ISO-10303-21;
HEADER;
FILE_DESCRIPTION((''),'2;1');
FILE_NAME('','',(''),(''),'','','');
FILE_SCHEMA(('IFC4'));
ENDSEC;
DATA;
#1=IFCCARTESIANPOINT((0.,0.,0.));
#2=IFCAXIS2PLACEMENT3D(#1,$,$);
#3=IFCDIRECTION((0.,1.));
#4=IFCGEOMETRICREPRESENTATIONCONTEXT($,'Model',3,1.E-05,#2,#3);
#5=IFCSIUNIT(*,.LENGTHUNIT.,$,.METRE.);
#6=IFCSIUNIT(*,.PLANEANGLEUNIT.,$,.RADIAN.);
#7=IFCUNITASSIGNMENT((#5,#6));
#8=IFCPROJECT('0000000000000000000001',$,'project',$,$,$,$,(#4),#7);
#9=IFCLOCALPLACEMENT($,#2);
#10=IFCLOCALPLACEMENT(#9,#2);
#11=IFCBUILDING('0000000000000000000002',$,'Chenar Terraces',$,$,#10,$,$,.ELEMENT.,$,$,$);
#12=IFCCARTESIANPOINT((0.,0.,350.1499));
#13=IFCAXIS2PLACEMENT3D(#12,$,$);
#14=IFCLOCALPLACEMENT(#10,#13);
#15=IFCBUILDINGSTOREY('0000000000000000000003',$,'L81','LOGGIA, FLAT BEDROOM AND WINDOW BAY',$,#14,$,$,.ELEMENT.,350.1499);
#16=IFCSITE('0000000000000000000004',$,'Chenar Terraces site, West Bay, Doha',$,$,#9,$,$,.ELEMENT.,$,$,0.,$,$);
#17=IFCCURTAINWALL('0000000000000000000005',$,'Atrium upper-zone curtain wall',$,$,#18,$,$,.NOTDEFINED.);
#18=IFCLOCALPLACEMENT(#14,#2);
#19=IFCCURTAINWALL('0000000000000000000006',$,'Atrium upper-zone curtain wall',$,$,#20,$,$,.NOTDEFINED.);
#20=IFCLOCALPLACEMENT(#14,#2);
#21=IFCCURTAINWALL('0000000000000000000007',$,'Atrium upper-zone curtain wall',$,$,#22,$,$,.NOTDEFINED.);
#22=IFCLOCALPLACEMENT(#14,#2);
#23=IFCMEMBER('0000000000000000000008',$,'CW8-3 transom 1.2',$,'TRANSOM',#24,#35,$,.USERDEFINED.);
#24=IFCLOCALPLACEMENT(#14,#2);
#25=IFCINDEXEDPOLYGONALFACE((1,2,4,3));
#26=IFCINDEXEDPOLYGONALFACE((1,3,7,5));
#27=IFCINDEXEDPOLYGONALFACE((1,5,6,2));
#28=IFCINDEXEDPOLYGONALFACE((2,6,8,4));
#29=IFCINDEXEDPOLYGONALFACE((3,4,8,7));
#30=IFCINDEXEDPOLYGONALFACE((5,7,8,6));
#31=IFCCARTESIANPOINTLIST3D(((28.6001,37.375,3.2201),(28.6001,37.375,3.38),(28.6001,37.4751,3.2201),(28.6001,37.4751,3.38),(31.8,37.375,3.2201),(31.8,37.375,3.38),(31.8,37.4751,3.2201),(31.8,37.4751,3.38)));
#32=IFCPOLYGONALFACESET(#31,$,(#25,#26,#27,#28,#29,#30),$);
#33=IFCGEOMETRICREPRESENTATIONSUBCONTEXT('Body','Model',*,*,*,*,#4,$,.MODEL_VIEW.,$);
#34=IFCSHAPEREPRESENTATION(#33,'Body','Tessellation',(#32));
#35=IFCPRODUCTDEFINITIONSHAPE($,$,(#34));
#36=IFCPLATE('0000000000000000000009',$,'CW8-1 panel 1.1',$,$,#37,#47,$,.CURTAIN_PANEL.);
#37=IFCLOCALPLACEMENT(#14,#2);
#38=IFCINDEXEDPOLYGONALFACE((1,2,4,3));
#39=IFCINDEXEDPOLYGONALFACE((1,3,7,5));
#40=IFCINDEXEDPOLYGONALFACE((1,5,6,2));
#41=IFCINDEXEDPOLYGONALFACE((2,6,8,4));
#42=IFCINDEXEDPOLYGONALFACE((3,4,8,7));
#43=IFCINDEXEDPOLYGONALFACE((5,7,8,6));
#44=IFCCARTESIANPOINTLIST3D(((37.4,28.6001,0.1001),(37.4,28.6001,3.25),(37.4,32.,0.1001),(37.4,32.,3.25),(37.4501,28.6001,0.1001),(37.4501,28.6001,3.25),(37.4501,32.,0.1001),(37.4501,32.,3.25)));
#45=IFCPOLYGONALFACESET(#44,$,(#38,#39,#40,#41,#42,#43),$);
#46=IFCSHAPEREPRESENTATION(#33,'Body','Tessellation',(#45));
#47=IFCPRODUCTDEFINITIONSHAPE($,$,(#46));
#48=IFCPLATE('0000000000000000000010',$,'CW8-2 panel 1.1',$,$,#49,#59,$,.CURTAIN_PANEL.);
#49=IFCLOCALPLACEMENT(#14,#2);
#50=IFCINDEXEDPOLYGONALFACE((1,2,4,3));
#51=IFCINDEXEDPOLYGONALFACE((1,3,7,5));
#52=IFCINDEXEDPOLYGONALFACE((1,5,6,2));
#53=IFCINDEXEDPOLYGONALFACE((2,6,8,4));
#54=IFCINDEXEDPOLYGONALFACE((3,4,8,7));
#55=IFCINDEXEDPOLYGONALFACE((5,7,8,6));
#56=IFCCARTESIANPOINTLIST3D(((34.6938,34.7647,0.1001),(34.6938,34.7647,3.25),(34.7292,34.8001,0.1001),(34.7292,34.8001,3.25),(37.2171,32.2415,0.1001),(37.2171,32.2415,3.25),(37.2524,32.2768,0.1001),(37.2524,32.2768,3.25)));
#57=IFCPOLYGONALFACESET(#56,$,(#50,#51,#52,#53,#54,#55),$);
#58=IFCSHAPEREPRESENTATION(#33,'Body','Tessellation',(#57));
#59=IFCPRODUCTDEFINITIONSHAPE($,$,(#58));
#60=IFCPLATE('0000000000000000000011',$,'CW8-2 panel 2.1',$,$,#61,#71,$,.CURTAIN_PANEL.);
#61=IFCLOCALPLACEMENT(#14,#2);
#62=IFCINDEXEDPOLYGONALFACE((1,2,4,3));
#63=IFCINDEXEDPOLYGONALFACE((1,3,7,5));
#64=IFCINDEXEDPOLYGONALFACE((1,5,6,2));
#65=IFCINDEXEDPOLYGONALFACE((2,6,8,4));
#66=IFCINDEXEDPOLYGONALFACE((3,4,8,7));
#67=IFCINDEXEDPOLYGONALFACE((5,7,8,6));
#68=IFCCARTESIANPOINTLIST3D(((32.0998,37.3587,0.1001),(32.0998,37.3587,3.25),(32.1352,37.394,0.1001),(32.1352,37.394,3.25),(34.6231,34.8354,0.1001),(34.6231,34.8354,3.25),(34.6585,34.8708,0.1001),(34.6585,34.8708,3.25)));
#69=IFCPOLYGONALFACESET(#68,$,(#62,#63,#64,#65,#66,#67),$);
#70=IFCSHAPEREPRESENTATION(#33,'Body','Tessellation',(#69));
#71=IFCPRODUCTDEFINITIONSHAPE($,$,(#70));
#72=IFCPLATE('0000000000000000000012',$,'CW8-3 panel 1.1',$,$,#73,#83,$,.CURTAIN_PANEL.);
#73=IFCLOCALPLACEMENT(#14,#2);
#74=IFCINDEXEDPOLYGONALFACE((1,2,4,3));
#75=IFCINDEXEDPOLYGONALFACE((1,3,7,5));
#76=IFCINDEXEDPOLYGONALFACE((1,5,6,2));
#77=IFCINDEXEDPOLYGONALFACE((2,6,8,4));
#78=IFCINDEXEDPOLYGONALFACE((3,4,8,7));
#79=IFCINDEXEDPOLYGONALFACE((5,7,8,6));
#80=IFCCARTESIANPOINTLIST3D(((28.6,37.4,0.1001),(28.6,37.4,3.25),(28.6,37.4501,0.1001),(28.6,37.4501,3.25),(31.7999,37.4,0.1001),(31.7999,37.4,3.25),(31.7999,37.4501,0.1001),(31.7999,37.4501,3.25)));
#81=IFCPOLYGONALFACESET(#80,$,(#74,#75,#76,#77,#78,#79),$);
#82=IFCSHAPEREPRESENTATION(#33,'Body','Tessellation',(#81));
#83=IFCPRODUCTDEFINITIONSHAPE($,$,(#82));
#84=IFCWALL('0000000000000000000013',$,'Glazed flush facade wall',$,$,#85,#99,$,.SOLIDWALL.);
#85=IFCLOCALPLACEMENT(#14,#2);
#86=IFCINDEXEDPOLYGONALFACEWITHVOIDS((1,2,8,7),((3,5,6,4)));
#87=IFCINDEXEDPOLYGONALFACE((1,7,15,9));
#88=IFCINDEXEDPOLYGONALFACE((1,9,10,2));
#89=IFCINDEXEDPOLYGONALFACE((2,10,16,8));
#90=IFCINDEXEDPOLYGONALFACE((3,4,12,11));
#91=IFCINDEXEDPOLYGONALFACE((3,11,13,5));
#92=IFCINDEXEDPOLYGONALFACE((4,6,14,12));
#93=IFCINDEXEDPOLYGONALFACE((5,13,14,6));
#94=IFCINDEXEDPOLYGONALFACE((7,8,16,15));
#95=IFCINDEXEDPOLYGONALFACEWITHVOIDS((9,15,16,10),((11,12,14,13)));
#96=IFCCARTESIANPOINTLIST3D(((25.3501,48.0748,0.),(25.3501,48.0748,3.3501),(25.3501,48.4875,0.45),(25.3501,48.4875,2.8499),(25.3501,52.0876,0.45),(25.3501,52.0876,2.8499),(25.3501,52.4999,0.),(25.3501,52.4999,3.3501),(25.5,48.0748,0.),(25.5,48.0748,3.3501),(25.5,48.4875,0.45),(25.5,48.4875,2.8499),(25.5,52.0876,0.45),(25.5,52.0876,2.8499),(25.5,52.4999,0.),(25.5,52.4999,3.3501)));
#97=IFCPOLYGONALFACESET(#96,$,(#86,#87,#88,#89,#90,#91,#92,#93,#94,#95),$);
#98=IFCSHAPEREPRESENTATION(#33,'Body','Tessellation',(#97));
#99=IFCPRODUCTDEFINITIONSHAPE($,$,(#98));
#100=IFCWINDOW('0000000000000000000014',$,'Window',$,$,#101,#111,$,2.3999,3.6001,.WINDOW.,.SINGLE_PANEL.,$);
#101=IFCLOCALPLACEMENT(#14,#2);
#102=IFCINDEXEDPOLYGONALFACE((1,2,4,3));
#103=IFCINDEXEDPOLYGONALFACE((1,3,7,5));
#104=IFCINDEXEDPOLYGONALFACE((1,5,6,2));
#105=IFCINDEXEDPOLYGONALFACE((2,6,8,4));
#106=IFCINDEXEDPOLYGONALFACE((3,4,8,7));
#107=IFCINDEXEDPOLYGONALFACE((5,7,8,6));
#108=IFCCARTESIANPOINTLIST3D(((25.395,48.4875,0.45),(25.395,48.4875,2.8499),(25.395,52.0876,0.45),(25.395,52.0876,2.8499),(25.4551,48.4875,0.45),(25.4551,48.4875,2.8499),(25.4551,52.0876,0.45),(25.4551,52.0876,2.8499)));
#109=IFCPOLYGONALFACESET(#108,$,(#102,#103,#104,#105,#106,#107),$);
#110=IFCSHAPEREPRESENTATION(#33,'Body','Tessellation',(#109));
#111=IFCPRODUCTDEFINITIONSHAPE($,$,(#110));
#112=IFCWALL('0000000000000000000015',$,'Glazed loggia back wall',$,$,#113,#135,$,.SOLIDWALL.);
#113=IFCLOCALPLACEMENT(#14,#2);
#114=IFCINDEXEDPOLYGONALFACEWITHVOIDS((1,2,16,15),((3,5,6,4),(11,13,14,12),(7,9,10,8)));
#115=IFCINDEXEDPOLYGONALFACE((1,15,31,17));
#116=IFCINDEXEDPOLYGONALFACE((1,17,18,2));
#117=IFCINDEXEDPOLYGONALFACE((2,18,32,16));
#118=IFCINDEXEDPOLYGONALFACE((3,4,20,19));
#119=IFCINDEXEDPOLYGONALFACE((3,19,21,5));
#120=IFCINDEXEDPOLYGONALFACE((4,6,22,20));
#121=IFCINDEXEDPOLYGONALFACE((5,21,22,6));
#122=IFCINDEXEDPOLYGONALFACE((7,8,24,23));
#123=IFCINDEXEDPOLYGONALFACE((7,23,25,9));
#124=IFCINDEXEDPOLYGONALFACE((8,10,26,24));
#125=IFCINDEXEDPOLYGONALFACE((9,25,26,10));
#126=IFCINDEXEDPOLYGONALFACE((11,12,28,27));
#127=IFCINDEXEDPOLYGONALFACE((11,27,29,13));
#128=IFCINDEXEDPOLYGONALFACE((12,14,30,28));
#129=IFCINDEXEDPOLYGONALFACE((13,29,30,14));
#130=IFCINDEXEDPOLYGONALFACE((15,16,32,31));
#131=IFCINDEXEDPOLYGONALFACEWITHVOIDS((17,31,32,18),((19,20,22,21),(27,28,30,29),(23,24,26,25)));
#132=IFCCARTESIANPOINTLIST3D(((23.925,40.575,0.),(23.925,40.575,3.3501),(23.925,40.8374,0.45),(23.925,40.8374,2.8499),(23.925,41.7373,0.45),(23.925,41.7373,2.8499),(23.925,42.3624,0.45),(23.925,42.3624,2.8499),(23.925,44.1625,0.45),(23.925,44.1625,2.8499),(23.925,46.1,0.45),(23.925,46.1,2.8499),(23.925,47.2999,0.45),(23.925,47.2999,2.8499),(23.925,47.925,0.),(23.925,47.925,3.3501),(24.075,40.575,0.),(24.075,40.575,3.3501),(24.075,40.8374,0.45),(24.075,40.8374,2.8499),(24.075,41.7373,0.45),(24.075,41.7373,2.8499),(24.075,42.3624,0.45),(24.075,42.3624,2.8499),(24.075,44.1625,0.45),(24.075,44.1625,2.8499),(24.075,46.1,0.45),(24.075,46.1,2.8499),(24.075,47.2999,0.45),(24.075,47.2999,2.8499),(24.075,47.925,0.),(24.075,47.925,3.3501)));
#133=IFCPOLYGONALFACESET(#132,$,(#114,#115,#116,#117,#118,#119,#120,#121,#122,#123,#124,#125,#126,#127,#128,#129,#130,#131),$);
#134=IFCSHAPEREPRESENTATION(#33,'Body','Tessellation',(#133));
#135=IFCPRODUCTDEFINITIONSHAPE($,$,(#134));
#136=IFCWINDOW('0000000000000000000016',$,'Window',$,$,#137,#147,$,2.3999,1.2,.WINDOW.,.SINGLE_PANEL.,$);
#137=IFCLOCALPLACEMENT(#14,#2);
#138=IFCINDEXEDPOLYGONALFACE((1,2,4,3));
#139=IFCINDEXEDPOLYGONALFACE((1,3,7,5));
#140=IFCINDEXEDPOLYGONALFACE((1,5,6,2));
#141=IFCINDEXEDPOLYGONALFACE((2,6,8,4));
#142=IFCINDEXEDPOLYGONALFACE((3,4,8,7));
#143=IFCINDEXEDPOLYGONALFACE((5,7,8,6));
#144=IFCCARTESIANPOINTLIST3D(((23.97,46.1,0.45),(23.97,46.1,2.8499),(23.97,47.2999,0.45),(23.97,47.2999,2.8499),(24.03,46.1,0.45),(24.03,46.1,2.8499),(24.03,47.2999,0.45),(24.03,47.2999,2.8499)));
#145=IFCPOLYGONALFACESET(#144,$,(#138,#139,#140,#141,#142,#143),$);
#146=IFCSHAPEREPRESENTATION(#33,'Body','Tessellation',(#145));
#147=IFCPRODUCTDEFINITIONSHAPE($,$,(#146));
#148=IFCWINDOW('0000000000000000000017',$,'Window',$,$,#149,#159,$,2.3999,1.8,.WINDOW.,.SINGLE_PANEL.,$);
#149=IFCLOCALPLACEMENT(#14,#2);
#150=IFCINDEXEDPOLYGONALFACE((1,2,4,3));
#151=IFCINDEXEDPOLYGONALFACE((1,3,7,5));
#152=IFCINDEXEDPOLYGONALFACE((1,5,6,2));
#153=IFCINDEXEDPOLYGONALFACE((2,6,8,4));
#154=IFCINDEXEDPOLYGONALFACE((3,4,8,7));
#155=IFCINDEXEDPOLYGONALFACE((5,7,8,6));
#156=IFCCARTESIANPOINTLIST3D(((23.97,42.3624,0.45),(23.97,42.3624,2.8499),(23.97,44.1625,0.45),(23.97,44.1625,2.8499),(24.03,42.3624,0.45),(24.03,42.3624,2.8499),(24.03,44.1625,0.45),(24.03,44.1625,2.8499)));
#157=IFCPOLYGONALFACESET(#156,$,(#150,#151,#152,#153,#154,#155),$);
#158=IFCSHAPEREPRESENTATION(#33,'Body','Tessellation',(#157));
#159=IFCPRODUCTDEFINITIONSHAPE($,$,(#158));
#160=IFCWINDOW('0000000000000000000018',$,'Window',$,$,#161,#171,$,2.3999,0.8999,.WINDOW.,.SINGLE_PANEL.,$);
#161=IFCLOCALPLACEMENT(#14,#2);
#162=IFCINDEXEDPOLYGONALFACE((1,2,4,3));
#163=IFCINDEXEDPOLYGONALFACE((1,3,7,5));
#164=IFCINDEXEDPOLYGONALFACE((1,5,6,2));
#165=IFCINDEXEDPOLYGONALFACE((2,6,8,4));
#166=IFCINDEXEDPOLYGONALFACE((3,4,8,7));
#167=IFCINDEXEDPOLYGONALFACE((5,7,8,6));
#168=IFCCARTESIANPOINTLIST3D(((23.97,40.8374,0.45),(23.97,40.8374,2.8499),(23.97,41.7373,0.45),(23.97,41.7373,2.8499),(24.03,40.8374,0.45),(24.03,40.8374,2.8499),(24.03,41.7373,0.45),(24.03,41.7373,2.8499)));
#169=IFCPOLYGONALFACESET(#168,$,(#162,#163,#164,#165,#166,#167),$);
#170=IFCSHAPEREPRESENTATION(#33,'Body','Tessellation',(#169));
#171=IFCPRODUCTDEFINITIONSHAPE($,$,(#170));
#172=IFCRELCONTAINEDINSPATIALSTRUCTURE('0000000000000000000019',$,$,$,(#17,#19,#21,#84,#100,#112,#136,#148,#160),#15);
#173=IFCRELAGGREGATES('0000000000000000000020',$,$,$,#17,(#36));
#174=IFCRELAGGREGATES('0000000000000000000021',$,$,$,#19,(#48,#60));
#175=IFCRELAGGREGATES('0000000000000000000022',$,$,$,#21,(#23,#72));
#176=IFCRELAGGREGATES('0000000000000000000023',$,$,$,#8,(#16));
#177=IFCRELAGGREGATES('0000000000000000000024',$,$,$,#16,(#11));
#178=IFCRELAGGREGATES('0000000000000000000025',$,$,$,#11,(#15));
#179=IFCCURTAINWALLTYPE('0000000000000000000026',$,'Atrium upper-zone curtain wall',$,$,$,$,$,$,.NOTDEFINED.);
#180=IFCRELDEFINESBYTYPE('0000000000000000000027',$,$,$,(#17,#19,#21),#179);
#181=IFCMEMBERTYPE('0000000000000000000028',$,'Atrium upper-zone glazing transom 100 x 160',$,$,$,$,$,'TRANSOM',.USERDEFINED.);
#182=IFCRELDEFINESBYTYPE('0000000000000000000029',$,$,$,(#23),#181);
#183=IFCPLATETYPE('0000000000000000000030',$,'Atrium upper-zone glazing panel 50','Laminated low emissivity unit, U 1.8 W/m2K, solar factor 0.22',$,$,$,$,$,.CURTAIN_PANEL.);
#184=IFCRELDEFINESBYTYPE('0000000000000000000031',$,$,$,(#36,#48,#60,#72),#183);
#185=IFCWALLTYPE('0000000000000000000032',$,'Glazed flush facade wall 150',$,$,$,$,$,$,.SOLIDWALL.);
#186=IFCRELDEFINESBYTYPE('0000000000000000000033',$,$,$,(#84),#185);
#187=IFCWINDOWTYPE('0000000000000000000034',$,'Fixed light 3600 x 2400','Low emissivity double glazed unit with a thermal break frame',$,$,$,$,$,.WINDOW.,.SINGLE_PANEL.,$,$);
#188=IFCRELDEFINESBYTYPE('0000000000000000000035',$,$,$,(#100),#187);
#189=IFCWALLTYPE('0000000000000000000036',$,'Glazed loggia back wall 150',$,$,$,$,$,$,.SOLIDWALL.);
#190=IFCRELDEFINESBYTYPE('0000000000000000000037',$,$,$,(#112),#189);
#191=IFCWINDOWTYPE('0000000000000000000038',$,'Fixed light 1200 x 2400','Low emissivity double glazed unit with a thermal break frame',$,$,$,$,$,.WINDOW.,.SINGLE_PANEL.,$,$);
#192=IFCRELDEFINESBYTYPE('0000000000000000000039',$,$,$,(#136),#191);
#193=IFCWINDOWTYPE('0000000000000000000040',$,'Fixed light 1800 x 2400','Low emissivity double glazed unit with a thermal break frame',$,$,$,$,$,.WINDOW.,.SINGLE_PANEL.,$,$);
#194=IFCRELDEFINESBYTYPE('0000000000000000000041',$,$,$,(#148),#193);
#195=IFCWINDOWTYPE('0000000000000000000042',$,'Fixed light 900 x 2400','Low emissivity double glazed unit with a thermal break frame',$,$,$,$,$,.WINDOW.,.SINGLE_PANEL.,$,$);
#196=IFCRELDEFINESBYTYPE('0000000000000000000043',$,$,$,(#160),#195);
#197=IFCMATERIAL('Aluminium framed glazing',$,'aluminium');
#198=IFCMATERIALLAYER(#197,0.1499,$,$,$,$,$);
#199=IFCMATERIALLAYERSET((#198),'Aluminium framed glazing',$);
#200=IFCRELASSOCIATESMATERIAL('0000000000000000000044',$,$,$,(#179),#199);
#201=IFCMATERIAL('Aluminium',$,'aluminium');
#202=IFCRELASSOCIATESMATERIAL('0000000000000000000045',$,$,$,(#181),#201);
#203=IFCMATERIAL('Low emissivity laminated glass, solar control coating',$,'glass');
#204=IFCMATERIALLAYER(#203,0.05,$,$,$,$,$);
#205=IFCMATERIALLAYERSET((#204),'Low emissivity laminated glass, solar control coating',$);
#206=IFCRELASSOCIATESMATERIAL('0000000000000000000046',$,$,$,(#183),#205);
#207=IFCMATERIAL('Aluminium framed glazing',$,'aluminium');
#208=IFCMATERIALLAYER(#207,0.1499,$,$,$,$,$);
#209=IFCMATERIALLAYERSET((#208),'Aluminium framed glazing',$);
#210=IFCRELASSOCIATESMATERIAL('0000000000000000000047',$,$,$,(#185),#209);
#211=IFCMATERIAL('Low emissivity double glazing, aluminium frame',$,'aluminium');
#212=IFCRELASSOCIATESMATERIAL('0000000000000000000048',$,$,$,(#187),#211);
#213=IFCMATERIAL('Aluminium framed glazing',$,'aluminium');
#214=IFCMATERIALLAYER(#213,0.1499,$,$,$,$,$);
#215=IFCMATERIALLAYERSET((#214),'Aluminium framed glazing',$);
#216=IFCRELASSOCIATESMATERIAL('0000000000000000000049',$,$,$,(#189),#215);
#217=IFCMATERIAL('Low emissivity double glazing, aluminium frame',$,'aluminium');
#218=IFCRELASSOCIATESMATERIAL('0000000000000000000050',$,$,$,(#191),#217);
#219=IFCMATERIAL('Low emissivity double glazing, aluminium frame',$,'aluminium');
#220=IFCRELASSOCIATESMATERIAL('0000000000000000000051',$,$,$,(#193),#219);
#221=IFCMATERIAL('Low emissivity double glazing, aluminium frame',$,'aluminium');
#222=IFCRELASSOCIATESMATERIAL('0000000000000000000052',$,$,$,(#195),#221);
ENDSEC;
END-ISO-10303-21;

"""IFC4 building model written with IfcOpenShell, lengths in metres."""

from ifc_helpers import new_model, si_unit, direction, frame, frame_2d, origin, origin_2d, place, context, subcontext, project, spatial, rectangle, extrude, material, layer, layer_set, material_profile, profile_set, type_object, element, fill, aggregate, save


model = new_model("IFC4")

# Units and contexts
model_context = context("Model", 3, precision=1e-05, world=origin(), true_north=direction((0.0, 1.0)))
body_context = subcontext(model_context, "Body", "Model", "MODEL_VIEW")
ifc_project = project(units=[si_unit("LENGTHUNIT", "METRE"), si_unit("PLANEANGLEUNIT", "RADIAN")], contexts=[model_context])

# Site, building, storey
site_placement = place(None, origin())
site = spatial("IfcSite", under=ifc_project, at=site_placement, Name="Chenar Terraces site, West Bay, Doha", CompositionType="ELEMENT", RefElevation=0.0)
building_placement = place(site_placement, origin())
building = spatial("IfcBuilding", under=site, at=building_placement, Name="Chenar Terraces", CompositionType="ELEMENT")
storey_placement = place(building_placement, frame((0.0, 0.0, 350.1499)))
storey = spatial("IfcBuildingStorey", under=building, at=storey_placement, Name="L81", Description="LOGGIA, FLAT BEDROOM AND WINDOW BAY", CompositionType="ELEMENT", Elevation=350.1499)

# Curtain wall
ifc_material_1 = material(Name="Aluminium framed glazing", Category="aluminium")
ifc_layer_1 = layer(ifc_material_1, 0.1499)
ifc_layer_set_1 = layer_set([ifc_layer_1], Name="Aluminium framed glazing")
curtain_wall_type = type_object("IfcCurtainWallType", Name="Atrium upper-zone curtain wall", PredefinedType="NOTDEFINED", material=ifc_layer_set_1)
placement = place(storey_placement, origin())
curtain_wall_1 = element("IfcCurtainWall", 1, at=placement, inside=storey, type_object=curtain_wall_type, Name="Atrium upper-zone curtain wall", PredefinedType="NOTDEFINED")

# Curtain walls
curtain_wall_2 = element("IfcCurtainWall", 2, at=placement, inside=storey, type_object=curtain_wall_type, Name="Atrium upper-zone curtain wall", PredefinedType="NOTDEFINED")
curtain_wall_3 = element("IfcCurtainWall", 3, at=placement, inside=storey, type_object=curtain_wall_type, Name="Atrium upper-zone curtain wall", PredefinedType="NOTDEFINED")

# Member
ifc_material_2 = material(Name="Aluminium", Category="aluminium")
ifc_material_profile_1 = material_profile(ifc_material_2, rectangle(XDim=0.1001, YDim=0.1599, at=origin_2d()), Name="Atrium upper-zone glazing transom 100 x 160")
ifc_profile_set_1 = profile_set([ifc_material_profile_1], Name="Aluminium")
member_type_1 = type_object("IfcMemberType", Name="Atrium upper-zone glazing transom 100 x 160", ElementType="TRANSOM", PredefinedType="USERDEFINED", material=ifc_profile_set_1)
member_1_placement = place(storey_placement, frame((31.8, 37.425, 3.3), z_axis=(-1.0, 0.0, 0.0), x_axis=(0.0, -1.0, 0.0)))
member_1 = element("IfcMember", 4, at=member_1_placement, type_object=member_type_1, Name="CW8-3 transom 1.2", ObjectType="TRANSOM", PredefinedType="USERDEFINED", context=body_context, shape_type="SweptSolid", body=[
    extrude(rectangle(XDim=0.1001, YDim=0.1599, at=origin_2d()), origin(), (0.0, 0.0, 1.0), 3.2),
])

# Plates
ifc_material_3 = material(Name="Low emissivity laminated glass, solar control coating", Category="glass")
ifc_layer_2 = layer(ifc_material_3, 0.05)
ifc_layer_set_2 = layer_set([ifc_layer_2], Name="Low emissivity laminated glass, solar control coating")
plate_type = type_object("IfcPlateType", Name="Atrium upper-zone glazing panel 50", Description="Laminated low emissivity unit, U 1.8 W/m2K, solar factor 0.22", PredefinedType="CURTAIN_PANEL", material=ifc_layer_set_2)
plate_1_placement = place(storey_placement, frame((37.425, 30.3, 0.1001), z_axis=(0.0, 0.0, 1.0), x_axis=(0.0, 1.0, 0.0)))
plate_1 = element("IfcPlate", 5, at=plate_1_placement, type_object=plate_type, Name="CW8-1 panel 1.1", PredefinedType="CURTAIN_PANEL", context=body_context, shape_type="SweptSolid", body=[
    extrude(rectangle(XDim=3.3999, YDim=0.05, at=origin_2d()), origin(), (0.0, 0.0, 1.0), 3.1499),
])
aggregate(curtain_wall_1, [plate_1])
plate_2_placement = place(storey_placement, frame((35.9731, 33.5208, 0.1001), z_axis=(0.0, 0.0, 1.0), x_axis=(-0.707107, 0.707107, 0.0)))
plate_2 = element("IfcPlate", 6, at=plate_2_placement, type_object=plate_type, Name="CW8-2 panel 1.1", PredefinedType="CURTAIN_PANEL", context=body_context, shape_type="SweptSolid", body=[
    extrude(rectangle(XDim=3.5684, YDim=0.05, at=origin_2d()), origin(), (0.0, 0.0, 1.0), 3.1499),
])
plate_3_placement = place(storey_placement, frame((33.3792, 36.1147, 0.1001), z_axis=(0.0, 0.0, 1.0), x_axis=(-0.707107, 0.707107, 0.0)))
plate_3 = element("IfcPlate", 7, at=plate_3_placement, type_object=plate_type, Name="CW8-2 panel 2.1", PredefinedType="CURTAIN_PANEL", context=body_context, shape_type="SweptSolid", body=[
    extrude(rectangle(XDim=3.5684, YDim=0.05, at=origin_2d()), origin(), (0.0, 0.0, 1.0), 3.1499),
])
aggregate(curtain_wall_2, [plate_2, plate_3])
plate_4_placement = place(storey_placement, frame((30.2, 37.425, 0.1001), z_axis=(0.0, 0.0, 1.0), x_axis=(-1.0, 0.0, 0.0)))
plate_4 = element("IfcPlate", 8, at=plate_4_placement, type_object=plate_type, Name="CW8-3 panel 1.1", PredefinedType="CURTAIN_PANEL", context=body_context, shape_type="SweptSolid", body=[
    extrude(rectangle(XDim=3.2, YDim=0.05, at=origin_2d()), origin(), (0.0, 0.0, 1.0), 3.1499),
])
aggregate(curtain_wall_3, [member_1, plate_4])

# Wall, opening, window
ifc_material_4 = material(Name="Aluminium framed glazing", Category="aluminium")
ifc_layer_3 = layer(ifc_material_4, 0.1499)
ifc_layer_set_3 = layer_set([ifc_layer_3], Name="Aluminium framed glazing")
wall_type_1 = type_object("IfcWallType", Name="Glazed flush facade wall 150", PredefinedType="SOLIDWALL", material=ifc_layer_set_3)
wall_1_placement = place(storey_placement, frame((25.425, 48.075, 0.0), z_axis=(0.0, 0.0, 1.0), x_axis=(0.0, 1.0, 0.0)))
wall_1 = element("IfcWall", 9, at=wall_1_placement, inside=storey, type_object=wall_type_1, Name="Glazed flush facade wall", PredefinedType="SOLIDWALL", context=body_context, shape_type="SweptSolid", body=[
    extrude(rectangle(XDim=4.425, YDim=0.1499, at=frame_2d((2.2124, 0.0))), origin(), (0.0, 0.0, 1.0), 3.3501),
])
opening_1_placement = place(wall_1_placement, frame((0.4126, 0.0, 0.45)))
opening_1 = element("IfcOpeningElement", 10, at=opening_1_placement, cuts=wall_1, PredefinedType="OPENING", context=body_context, shape_type="SweptSolid", body=[
    extrude(rectangle(XDim=3.6001, YDim=2.3999, at=frame_2d((1.8, 1.2))), frame((0.0, 0.085, 0.0), z_axis=(0.0, -1.0, 0.0), x_axis=(1.0, 0.0, 0.0)), (0.0, 0.0, 1.0), 0.1699),
])
ifc_material_5 = material(Name="Low emissivity double glazing, aluminium frame", Category="aluminium")
window_type_1 = type_object("IfcWindowType", Name="Fixed light 3600 x 2400", Description="Low emissivity double glazed unit with a thermal break frame", PartitioningType="SINGLE_PANEL", PredefinedType="WINDOW", material=ifc_material_5)
window_1_placement = place(opening_1_placement, origin())
window_1 = element("IfcWindow", 11, at=window_1_placement, inside=storey, type_object=window_type_1, Name="Window", OverallHeight=2.3999, OverallWidth=3.6001, PartitioningType="SINGLE_PANEL", PredefinedType="WINDOW", context=body_context, shape_type="SweptSolid", body=[
    extrude(rectangle(XDim=3.6001, YDim=2.3999, at=frame_2d((1.8, 1.2))), frame((0.0, 0.03, 0.0), z_axis=(0.0, -1.0, 0.0), x_axis=(1.0, 0.0, 0.0)), (0.0, 0.0, 1.0), 0.0601),
])
fill(opening_1, window_1)

# Wall, openings, windows
ifc_material_6 = material(Name="Aluminium framed glazing", Category="aluminium")
ifc_layer_4 = layer(ifc_material_6, 0.1499)
ifc_layer_set_4 = layer_set([ifc_layer_4], Name="Aluminium framed glazing")
wall_type_2 = type_object("IfcWallType", Name="Glazed loggia back wall 150", PredefinedType="SOLIDWALL", material=ifc_layer_set_4)
wall_2_placement = place(storey_placement, frame((24.0, 40.575, 0.0), z_axis=(0.0, 0.0, 1.0), x_axis=(0.0, 1.0, 0.0)))
wall_2 = element("IfcWall", 12, at=wall_2_placement, inside=storey, type_object=wall_type_2, Name="Glazed loggia back wall", PredefinedType="SOLIDWALL", context=body_context, shape_type="SweptSolid", body=[
    extrude(rectangle(XDim=7.3501, YDim=0.1499, at=frame_2d((3.675, 0.0))), origin(), (0.0, 0.0, 1.0), 3.3501),
])
opening_2_placement = place(wall_2_placement, frame((0.2625, 0.0, 0.45)))
opening_2 = element("IfcOpeningElement", 13, at=opening_2_placement, cuts=wall_2, PredefinedType="OPENING", context=body_context, shape_type="SweptSolid", body=[
    extrude(rectangle(XDim=0.8999, YDim=2.3999, at=frame_2d((0.45, 1.2))), frame((0.0, 0.085, 0.0), z_axis=(0.0, -1.0, 0.0), x_axis=(1.0, 0.0, 0.0)), (0.0, 0.0, 1.0), 0.1699),
])
opening_3_placement = place(wall_2_placement, frame((1.7876, 0.0, 0.45)))
opening_3 = element("IfcOpeningElement", 14, at=opening_3_placement, cuts=wall_2, PredefinedType="OPENING", context=body_context, shape_type="SweptSolid", body=[
    extrude(rectangle(XDim=1.8, YDim=2.3999, at=frame_2d((0.8999, 1.2))), frame((0.0, 0.085, 0.0), z_axis=(0.0, -1.0, 0.0), x_axis=(1.0, 0.0, 0.0)), (0.0, 0.0, 1.0), 0.1699),
])
opening_4_placement = place(wall_2_placement, frame((5.5249, 0.0, 0.45)))
opening_4 = element("IfcOpeningElement", 15, at=opening_4_placement, cuts=wall_2, PredefinedType="OPENING", context=body_context, shape_type="SweptSolid", body=[
    extrude(rectangle(XDim=1.2, YDim=2.3999, at=frame_2d((0.6001, 1.2))), frame((0.0, 0.085, 0.0), z_axis=(0.0, -1.0, 0.0), x_axis=(1.0, 0.0, 0.0)), (0.0, 0.0, 1.0), 0.1699),
])
ifc_material_7 = material(Name="Low emissivity double glazing, aluminium frame", Category="aluminium")
window_type_2 = type_object("IfcWindowType", Name="Fixed light 1200 x 2400", Description="Low emissivity double glazed unit with a thermal break frame", PartitioningType="SINGLE_PANEL", PredefinedType="WINDOW", material=ifc_material_7)
window_2_placement = place(opening_4_placement, origin())
window_2 = element("IfcWindow", 16, at=window_2_placement, inside=storey, type_object=window_type_2, Name="Window", OverallHeight=2.3999, OverallWidth=1.2, PartitioningType="SINGLE_PANEL", PredefinedType="WINDOW", context=body_context, shape_type="SweptSolid", body=[
    extrude(rectangle(XDim=1.2, YDim=2.3999, at=frame_2d((0.6001, 1.2))), frame((0.0, 0.03, 0.0), z_axis=(0.0, -1.0, 0.0), x_axis=(1.0, 0.0, 0.0)), (0.0, 0.0, 1.0), 0.0601),
])
fill(opening_4, window_2)
ifc_material_8 = material(Name="Low emissivity double glazing, aluminium frame", Category="aluminium")
window_type_3 = type_object("IfcWindowType", Name="Fixed light 1800 x 2400", Description="Low emissivity double glazed unit with a thermal break frame", PartitioningType="SINGLE_PANEL", PredefinedType="WINDOW", material=ifc_material_8)
window_3_placement = place(opening_3_placement, origin())
window_3 = element("IfcWindow", 17, at=window_3_placement, inside=storey, type_object=window_type_3, Name="Window", OverallHeight=2.3999, OverallWidth=1.8, PartitioningType="SINGLE_PANEL", PredefinedType="WINDOW", context=body_context, shape_type="SweptSolid", body=[
    extrude(rectangle(XDim=1.8, YDim=2.3999, at=frame_2d((0.8999, 1.2))), frame((0.0, 0.03, 0.0), z_axis=(0.0, -1.0, 0.0), x_axis=(1.0, 0.0, 0.0)), (0.0, 0.0, 1.0), 0.0601),
])
fill(opening_3, window_3)
ifc_material_9 = material(Name="Low emissivity double glazing, aluminium frame", Category="aluminium")
window_type_4 = type_object("IfcWindowType", Name="Fixed light 900 x 2400", Description="Low emissivity double glazed unit with a thermal break frame", PartitioningType="SINGLE_PANEL", PredefinedType="WINDOW", material=ifc_material_9)
window_4_placement = place(opening_2_placement, origin())
window_4 = element("IfcWindow", 18, at=window_4_placement, inside=storey, type_object=window_type_4, Name="Window", OverallHeight=2.3999, OverallWidth=0.8999, PartitioningType="SINGLE_PANEL", PredefinedType="WINDOW", context=body_context, shape_type="SweptSolid", body=[
    extrude(rectangle(XDim=0.8999, YDim=2.3999, at=frame_2d((0.45, 1.2))), frame((0.0, 0.03, 0.0), z_axis=(0.0, -1.0, 0.0), x_axis=(1.0, 0.0, 0.0)), (0.0, 0.0, 1.0), 0.0601),
])
fill(opening_2, window_4)

save(model, "model.ifc")
